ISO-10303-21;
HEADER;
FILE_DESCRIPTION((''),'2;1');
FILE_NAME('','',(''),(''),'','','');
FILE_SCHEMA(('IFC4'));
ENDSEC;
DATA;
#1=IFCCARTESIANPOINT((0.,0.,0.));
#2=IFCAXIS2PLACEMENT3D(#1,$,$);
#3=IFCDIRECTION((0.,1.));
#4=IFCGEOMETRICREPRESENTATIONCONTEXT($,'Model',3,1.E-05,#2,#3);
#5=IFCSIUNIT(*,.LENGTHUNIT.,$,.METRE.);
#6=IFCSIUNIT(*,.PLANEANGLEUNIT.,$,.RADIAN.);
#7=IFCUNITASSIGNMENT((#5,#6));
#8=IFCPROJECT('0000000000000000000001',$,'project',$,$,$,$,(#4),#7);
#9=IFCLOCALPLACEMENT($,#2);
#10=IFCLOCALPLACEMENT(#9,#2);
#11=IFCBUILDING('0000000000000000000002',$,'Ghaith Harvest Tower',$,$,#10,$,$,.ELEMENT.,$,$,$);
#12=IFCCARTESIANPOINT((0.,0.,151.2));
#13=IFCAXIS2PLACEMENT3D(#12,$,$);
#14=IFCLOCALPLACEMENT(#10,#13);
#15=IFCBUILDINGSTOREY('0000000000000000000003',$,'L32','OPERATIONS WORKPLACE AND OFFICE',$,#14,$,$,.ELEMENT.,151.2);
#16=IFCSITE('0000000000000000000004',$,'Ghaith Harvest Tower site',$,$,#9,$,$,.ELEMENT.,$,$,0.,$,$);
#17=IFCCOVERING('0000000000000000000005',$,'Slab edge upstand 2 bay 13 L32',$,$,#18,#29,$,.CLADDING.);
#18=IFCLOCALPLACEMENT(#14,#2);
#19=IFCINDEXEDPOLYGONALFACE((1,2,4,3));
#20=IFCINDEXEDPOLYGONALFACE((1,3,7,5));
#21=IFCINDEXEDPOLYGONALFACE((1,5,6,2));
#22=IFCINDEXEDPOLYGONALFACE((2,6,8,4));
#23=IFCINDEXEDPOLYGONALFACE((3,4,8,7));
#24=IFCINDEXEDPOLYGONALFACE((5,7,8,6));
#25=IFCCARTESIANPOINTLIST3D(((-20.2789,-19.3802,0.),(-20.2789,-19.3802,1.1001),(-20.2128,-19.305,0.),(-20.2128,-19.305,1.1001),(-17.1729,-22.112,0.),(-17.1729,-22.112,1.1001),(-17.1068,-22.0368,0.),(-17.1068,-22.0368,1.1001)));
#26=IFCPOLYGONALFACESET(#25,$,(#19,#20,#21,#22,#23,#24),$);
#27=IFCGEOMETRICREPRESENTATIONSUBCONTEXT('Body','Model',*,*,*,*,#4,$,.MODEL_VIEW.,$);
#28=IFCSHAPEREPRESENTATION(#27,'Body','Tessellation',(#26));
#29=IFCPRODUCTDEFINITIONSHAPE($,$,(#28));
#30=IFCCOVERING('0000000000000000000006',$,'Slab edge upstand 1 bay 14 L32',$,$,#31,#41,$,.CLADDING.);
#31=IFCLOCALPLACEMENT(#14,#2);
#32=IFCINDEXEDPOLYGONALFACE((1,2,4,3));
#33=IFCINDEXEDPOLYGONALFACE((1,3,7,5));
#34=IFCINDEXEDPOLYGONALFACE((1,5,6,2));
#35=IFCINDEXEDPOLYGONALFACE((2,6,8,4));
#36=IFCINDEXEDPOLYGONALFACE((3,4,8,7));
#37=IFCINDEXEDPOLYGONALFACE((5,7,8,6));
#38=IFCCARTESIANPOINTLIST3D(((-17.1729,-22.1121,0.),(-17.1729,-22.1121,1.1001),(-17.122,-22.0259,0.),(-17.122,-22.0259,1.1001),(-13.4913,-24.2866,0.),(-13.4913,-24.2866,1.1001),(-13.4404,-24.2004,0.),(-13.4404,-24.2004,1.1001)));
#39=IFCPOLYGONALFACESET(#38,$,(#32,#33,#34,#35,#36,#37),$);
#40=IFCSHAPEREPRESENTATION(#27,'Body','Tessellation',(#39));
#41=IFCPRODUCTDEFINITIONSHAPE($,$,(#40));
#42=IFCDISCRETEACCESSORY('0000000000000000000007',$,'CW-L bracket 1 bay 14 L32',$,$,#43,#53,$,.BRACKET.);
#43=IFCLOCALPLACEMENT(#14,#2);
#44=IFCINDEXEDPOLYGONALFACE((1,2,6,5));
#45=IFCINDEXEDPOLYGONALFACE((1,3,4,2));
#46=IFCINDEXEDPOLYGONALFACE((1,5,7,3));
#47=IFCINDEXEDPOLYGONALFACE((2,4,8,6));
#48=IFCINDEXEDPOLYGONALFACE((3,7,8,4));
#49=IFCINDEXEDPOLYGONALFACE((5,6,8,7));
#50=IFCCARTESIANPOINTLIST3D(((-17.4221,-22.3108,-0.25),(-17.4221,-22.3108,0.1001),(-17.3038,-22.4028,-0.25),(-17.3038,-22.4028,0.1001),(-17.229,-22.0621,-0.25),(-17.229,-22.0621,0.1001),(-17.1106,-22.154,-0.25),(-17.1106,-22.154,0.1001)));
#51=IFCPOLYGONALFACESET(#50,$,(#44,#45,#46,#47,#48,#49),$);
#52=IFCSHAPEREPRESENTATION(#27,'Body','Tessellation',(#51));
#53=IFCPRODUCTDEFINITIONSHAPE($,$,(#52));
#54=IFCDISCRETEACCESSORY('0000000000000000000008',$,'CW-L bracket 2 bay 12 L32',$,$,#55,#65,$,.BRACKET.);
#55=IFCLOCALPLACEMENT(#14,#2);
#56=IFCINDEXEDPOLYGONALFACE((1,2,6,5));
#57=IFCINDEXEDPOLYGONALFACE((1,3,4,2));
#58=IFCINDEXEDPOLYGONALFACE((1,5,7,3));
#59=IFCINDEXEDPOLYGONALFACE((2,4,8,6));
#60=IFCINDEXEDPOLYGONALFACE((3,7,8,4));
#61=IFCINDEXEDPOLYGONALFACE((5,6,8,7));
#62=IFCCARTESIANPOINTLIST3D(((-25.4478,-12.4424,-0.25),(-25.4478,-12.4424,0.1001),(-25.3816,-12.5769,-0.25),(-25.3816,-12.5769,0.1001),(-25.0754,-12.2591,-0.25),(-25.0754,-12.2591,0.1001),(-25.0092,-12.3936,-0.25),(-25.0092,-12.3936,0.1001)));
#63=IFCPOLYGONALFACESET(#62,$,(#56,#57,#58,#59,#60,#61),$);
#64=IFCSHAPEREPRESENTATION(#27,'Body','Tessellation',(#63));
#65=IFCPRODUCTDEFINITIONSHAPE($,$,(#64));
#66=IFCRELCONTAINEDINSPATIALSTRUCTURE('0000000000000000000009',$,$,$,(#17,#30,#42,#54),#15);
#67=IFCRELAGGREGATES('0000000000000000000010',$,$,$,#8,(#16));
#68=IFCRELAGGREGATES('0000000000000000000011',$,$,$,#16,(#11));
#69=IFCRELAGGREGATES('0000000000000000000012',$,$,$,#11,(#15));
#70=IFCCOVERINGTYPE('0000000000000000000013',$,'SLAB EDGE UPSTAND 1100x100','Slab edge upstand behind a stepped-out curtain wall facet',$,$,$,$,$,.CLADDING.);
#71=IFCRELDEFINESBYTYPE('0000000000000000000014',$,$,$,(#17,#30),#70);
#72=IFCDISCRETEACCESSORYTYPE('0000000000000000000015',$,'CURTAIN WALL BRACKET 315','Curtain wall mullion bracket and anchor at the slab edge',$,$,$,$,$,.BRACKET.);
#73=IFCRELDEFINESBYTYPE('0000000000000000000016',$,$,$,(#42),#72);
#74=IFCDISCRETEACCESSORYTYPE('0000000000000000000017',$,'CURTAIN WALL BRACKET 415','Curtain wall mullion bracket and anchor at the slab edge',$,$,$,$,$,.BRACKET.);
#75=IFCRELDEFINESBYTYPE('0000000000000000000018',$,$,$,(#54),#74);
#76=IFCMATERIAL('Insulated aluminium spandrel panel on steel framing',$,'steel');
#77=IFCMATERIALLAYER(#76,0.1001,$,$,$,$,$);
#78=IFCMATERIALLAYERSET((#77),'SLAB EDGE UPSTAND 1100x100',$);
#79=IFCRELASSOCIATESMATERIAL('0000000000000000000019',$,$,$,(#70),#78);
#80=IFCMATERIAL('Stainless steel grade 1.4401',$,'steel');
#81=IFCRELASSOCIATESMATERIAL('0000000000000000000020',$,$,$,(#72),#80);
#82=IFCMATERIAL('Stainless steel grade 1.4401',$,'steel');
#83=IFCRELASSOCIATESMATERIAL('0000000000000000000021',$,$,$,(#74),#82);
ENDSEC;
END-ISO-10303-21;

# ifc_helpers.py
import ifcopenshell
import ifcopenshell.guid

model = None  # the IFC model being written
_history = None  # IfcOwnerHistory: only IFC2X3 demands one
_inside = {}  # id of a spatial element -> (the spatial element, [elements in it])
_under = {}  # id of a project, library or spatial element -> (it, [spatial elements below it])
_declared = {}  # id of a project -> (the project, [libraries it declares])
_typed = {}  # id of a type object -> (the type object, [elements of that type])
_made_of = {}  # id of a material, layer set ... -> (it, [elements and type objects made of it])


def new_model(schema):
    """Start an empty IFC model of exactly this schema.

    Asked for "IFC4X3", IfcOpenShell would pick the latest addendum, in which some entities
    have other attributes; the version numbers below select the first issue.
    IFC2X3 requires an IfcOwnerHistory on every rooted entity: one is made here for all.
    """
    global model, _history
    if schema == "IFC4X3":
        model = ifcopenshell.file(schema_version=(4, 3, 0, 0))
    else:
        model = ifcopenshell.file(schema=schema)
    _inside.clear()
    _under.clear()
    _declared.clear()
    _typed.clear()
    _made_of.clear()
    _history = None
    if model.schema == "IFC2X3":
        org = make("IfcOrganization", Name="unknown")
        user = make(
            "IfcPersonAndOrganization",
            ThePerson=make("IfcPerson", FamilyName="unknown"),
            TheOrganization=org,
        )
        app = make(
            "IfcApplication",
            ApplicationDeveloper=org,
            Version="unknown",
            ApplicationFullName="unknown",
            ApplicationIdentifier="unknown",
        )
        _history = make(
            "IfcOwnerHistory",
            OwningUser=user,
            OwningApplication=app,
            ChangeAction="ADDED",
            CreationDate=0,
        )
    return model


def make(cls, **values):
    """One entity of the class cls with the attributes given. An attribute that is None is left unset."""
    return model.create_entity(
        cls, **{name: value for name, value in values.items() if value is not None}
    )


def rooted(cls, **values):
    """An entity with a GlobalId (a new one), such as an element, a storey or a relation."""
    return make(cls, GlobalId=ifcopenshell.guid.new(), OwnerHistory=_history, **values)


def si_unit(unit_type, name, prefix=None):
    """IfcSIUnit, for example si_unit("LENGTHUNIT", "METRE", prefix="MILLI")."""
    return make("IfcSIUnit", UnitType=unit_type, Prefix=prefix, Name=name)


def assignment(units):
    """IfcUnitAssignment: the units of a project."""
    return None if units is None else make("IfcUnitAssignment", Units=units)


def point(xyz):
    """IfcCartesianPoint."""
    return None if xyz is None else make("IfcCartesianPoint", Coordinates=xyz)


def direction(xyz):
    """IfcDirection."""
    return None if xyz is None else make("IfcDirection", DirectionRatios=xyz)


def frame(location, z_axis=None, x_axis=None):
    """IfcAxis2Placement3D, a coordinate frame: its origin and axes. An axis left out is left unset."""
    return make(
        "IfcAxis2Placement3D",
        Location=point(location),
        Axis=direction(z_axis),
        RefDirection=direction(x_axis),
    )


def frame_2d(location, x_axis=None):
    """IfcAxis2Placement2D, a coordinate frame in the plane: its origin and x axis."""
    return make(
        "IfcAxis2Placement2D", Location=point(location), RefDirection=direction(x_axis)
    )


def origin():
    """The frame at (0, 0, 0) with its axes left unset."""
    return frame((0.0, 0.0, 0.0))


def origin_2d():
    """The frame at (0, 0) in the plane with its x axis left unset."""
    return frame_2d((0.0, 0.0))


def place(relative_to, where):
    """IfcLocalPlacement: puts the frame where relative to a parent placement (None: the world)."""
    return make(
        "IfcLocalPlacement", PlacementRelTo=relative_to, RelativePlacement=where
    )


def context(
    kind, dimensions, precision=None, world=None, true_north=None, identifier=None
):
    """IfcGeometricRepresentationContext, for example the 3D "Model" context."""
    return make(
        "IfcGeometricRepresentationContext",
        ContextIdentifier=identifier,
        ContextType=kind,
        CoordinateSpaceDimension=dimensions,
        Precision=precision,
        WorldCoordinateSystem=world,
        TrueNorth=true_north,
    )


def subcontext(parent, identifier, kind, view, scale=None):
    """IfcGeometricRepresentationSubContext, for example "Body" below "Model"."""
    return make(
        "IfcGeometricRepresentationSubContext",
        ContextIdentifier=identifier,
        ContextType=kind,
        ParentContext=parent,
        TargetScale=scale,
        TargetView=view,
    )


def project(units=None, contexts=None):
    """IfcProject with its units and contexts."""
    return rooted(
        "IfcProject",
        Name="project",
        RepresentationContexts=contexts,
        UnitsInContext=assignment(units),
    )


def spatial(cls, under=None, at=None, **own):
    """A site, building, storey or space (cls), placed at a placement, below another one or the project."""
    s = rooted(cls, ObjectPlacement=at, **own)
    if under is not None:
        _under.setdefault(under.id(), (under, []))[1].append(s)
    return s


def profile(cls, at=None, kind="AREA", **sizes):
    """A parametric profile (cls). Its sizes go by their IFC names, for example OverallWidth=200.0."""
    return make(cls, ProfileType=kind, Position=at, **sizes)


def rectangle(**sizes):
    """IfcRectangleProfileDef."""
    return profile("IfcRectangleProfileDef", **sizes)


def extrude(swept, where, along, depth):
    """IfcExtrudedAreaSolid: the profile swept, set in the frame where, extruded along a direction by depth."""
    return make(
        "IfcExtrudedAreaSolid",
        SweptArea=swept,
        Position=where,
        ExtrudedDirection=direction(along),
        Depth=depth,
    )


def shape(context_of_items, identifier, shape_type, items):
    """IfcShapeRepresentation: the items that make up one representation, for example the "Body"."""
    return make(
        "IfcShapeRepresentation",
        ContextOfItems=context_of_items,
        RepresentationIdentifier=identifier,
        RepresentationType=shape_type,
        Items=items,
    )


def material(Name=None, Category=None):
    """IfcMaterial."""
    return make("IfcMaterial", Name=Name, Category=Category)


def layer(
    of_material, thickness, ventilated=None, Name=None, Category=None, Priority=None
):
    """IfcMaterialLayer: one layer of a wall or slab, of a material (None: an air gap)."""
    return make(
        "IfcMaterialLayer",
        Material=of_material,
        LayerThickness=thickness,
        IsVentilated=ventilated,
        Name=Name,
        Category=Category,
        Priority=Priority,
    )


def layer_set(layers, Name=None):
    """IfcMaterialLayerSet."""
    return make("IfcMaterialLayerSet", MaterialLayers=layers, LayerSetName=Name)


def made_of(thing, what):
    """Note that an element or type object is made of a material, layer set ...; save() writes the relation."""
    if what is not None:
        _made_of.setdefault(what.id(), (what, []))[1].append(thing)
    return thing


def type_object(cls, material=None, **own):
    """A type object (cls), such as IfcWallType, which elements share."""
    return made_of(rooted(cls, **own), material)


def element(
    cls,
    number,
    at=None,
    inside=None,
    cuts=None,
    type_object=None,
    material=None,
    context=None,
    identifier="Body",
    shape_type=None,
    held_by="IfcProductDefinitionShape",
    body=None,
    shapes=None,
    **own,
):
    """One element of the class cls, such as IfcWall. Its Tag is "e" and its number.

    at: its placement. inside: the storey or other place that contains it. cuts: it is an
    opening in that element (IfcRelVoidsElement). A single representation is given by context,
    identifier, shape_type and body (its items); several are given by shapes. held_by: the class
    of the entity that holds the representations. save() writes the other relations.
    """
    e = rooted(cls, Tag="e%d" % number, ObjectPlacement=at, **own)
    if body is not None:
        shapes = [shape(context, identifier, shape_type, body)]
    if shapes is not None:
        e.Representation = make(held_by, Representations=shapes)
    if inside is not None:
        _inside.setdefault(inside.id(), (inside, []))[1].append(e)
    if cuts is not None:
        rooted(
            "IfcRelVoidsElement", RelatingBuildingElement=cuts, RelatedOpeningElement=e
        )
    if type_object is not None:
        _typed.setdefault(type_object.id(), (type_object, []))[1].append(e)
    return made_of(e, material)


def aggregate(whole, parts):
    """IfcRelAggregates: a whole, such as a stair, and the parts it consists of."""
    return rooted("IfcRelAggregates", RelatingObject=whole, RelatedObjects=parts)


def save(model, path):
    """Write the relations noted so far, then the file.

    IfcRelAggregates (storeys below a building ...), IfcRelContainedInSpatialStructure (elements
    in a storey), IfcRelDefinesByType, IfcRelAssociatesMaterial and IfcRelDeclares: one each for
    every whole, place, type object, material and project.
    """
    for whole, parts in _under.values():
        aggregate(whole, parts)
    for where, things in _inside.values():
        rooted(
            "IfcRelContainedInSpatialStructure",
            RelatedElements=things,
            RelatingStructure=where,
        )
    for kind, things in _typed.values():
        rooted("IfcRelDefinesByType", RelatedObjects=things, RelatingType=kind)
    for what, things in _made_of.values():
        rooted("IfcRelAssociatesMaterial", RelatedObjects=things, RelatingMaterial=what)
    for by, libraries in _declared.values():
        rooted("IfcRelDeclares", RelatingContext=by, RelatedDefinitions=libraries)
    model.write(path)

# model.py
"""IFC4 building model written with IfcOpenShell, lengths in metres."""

from ifc_helpers import new_model, si_unit, direction, frame, origin, origin_2d, place, context, subcontext, project, spatial, rectangle, extrude, material, layer, layer_set, type_object, element, save


model = new_model("IFC4")

# Units and contexts
model_context = context("Model", 3, precision=1e-05, world=origin(), true_north=direction((0.0, 1.0)))
body_context = subcontext(model_context, "Body", "Model", "MODEL_VIEW")
ifc_project = project(units=[si_unit("LENGTHUNIT", "METRE"), si_unit("PLANEANGLEUNIT", "RADIAN")], contexts=[model_context])

# Site, building, storey
site_placement = place(None, origin())
site = spatial("IfcSite", under=ifc_project, at=site_placement, Name="Ghaith Harvest Tower site", CompositionType="ELEMENT", RefElevation=0.0)
building_placement = place(site_placement, origin())
building = spatial("IfcBuilding", under=site, at=building_placement, Name="Ghaith Harvest Tower", CompositionType="ELEMENT")
storey_placement = place(building_placement, frame((0.0, 0.0, 151.2)))
storey = spatial("IfcBuildingStorey", under=building, at=storey_placement, Name="L32", Description="OPERATIONS WORKPLACE AND OFFICE", CompositionType="ELEMENT", Elevation=151.2)

# Coverings
ifc_material_1 = material(Name="Insulated aluminium spandrel panel on steel framing", Category="steel")
ifc_layer_1 = layer(ifc_material_1, 0.1001)
ifc_layer_set_1 = layer_set([ifc_layer_1], Name="SLAB EDGE UPSTAND 1100x100")
covering_type = type_object("IfcCoveringType", Name="SLAB EDGE UPSTAND 1100x100", Description="Slab edge upstand behind a stepped-out curtain wall facet", PredefinedType="CLADDING", material=ifc_layer_set_1)
covering_1_placement = place(storey_placement, frame((-18.6929, -20.7085, 0.0), z_axis=(0.0, 0.0, 1.0), x_axis=(0.750892, -0.660425, 0.0)))
element("IfcCovering", 1, at=covering_1_placement, inside=storey, type_object=covering_type, Name="Slab edge upstand 2 bay 13 L32", PredefinedType="CLADDING", context=body_context, shape_type="SweptSolid", body=[
    extrude(rectangle(XDim=4.1365, YDim=0.1001, at=origin_2d()), origin(), (0.0, 0.0, 1.0), 1.1001),
])
covering_2_placement = place(storey_placement, frame((-15.3066, -23.1562, 0.0), z_axis=(0.0, 0.0, 1.0), x_axis=(0.861021, -0.50857, 0.0)))
element("IfcCovering", 2, at=covering_2_placement, inside=storey, type_object=covering_type, Name="Slab edge upstand 1 bay 14 L32", PredefinedType="CLADDING", context=body_context, shape_type="SweptSolid", body=[
    extrude(rectangle(XDim=4.2759, YDim=0.1001, at=origin_2d()), origin(), (0.0, 0.0, 1.0), 1.1001),
])

# Discrete accessories
ifc_material_2 = material(Name="Stainless steel grade 1.4401", Category="steel")
discrete_accessory_type_1 = type_object("IfcDiscreteAccessoryType", Name="CURTAIN WALL BRACKET 315", Description="Curtain wall mullion bracket and anchor at the slab edge", PredefinedType="BRACKET", material=ifc_material_2)
discrete_accessory_1_placement = place(storey_placement, frame((-17.2664, -22.2324, -0.25), z_axis=(0.0, 0.0, 1.0), x_axis=(-0.613378, -0.78979, 0.0)))
element("IfcDiscreteAccessory", 3, at=discrete_accessory_1_placement, inside=storey, type_object=discrete_accessory_type_1, Name="CW-L bracket 1 bay 14 L32", PredefinedType="BRACKET", context=body_context, shape_type="SweptSolid", body=[
    extrude(rectangle(XDim=0.3149, YDim=0.1499, at=origin_2d()), origin(), (0.0, 0.0, 1.0), 0.3501),
])
ifc_material_3 = material(Name="Stainless steel grade 1.4401", Category="steel")
discrete_accessory_type_2 = type_object("IfcDiscreteAccessoryType", Name="CURTAIN WALL BRACKET 415", Description="Curtain wall mullion bracket and anchor at the slab edge", PredefinedType="BRACKET", material=ifc_material_3)
discrete_accessory_2_placement = place(storey_placement, frame((-25.2285, -12.418, -0.25), z_axis=(0.0, 0.0, 1.0), x_axis=(-0.897201, -0.441622, 0.0)))
element("IfcDiscreteAccessory", 4, at=discrete_accessory_2_placement, inside=storey, type_object=discrete_accessory_type_2, Name="CW-L bracket 2 bay 12 L32", PredefinedType="BRACKET", context=body_context, shape_type="SweptSolid", body=[
    extrude(rectangle(XDim=0.415, YDim=0.1499, at=origin_2d()), origin(), (0.0, 0.0, 1.0), 0.3501),
])

save(model, "model.ifc")
